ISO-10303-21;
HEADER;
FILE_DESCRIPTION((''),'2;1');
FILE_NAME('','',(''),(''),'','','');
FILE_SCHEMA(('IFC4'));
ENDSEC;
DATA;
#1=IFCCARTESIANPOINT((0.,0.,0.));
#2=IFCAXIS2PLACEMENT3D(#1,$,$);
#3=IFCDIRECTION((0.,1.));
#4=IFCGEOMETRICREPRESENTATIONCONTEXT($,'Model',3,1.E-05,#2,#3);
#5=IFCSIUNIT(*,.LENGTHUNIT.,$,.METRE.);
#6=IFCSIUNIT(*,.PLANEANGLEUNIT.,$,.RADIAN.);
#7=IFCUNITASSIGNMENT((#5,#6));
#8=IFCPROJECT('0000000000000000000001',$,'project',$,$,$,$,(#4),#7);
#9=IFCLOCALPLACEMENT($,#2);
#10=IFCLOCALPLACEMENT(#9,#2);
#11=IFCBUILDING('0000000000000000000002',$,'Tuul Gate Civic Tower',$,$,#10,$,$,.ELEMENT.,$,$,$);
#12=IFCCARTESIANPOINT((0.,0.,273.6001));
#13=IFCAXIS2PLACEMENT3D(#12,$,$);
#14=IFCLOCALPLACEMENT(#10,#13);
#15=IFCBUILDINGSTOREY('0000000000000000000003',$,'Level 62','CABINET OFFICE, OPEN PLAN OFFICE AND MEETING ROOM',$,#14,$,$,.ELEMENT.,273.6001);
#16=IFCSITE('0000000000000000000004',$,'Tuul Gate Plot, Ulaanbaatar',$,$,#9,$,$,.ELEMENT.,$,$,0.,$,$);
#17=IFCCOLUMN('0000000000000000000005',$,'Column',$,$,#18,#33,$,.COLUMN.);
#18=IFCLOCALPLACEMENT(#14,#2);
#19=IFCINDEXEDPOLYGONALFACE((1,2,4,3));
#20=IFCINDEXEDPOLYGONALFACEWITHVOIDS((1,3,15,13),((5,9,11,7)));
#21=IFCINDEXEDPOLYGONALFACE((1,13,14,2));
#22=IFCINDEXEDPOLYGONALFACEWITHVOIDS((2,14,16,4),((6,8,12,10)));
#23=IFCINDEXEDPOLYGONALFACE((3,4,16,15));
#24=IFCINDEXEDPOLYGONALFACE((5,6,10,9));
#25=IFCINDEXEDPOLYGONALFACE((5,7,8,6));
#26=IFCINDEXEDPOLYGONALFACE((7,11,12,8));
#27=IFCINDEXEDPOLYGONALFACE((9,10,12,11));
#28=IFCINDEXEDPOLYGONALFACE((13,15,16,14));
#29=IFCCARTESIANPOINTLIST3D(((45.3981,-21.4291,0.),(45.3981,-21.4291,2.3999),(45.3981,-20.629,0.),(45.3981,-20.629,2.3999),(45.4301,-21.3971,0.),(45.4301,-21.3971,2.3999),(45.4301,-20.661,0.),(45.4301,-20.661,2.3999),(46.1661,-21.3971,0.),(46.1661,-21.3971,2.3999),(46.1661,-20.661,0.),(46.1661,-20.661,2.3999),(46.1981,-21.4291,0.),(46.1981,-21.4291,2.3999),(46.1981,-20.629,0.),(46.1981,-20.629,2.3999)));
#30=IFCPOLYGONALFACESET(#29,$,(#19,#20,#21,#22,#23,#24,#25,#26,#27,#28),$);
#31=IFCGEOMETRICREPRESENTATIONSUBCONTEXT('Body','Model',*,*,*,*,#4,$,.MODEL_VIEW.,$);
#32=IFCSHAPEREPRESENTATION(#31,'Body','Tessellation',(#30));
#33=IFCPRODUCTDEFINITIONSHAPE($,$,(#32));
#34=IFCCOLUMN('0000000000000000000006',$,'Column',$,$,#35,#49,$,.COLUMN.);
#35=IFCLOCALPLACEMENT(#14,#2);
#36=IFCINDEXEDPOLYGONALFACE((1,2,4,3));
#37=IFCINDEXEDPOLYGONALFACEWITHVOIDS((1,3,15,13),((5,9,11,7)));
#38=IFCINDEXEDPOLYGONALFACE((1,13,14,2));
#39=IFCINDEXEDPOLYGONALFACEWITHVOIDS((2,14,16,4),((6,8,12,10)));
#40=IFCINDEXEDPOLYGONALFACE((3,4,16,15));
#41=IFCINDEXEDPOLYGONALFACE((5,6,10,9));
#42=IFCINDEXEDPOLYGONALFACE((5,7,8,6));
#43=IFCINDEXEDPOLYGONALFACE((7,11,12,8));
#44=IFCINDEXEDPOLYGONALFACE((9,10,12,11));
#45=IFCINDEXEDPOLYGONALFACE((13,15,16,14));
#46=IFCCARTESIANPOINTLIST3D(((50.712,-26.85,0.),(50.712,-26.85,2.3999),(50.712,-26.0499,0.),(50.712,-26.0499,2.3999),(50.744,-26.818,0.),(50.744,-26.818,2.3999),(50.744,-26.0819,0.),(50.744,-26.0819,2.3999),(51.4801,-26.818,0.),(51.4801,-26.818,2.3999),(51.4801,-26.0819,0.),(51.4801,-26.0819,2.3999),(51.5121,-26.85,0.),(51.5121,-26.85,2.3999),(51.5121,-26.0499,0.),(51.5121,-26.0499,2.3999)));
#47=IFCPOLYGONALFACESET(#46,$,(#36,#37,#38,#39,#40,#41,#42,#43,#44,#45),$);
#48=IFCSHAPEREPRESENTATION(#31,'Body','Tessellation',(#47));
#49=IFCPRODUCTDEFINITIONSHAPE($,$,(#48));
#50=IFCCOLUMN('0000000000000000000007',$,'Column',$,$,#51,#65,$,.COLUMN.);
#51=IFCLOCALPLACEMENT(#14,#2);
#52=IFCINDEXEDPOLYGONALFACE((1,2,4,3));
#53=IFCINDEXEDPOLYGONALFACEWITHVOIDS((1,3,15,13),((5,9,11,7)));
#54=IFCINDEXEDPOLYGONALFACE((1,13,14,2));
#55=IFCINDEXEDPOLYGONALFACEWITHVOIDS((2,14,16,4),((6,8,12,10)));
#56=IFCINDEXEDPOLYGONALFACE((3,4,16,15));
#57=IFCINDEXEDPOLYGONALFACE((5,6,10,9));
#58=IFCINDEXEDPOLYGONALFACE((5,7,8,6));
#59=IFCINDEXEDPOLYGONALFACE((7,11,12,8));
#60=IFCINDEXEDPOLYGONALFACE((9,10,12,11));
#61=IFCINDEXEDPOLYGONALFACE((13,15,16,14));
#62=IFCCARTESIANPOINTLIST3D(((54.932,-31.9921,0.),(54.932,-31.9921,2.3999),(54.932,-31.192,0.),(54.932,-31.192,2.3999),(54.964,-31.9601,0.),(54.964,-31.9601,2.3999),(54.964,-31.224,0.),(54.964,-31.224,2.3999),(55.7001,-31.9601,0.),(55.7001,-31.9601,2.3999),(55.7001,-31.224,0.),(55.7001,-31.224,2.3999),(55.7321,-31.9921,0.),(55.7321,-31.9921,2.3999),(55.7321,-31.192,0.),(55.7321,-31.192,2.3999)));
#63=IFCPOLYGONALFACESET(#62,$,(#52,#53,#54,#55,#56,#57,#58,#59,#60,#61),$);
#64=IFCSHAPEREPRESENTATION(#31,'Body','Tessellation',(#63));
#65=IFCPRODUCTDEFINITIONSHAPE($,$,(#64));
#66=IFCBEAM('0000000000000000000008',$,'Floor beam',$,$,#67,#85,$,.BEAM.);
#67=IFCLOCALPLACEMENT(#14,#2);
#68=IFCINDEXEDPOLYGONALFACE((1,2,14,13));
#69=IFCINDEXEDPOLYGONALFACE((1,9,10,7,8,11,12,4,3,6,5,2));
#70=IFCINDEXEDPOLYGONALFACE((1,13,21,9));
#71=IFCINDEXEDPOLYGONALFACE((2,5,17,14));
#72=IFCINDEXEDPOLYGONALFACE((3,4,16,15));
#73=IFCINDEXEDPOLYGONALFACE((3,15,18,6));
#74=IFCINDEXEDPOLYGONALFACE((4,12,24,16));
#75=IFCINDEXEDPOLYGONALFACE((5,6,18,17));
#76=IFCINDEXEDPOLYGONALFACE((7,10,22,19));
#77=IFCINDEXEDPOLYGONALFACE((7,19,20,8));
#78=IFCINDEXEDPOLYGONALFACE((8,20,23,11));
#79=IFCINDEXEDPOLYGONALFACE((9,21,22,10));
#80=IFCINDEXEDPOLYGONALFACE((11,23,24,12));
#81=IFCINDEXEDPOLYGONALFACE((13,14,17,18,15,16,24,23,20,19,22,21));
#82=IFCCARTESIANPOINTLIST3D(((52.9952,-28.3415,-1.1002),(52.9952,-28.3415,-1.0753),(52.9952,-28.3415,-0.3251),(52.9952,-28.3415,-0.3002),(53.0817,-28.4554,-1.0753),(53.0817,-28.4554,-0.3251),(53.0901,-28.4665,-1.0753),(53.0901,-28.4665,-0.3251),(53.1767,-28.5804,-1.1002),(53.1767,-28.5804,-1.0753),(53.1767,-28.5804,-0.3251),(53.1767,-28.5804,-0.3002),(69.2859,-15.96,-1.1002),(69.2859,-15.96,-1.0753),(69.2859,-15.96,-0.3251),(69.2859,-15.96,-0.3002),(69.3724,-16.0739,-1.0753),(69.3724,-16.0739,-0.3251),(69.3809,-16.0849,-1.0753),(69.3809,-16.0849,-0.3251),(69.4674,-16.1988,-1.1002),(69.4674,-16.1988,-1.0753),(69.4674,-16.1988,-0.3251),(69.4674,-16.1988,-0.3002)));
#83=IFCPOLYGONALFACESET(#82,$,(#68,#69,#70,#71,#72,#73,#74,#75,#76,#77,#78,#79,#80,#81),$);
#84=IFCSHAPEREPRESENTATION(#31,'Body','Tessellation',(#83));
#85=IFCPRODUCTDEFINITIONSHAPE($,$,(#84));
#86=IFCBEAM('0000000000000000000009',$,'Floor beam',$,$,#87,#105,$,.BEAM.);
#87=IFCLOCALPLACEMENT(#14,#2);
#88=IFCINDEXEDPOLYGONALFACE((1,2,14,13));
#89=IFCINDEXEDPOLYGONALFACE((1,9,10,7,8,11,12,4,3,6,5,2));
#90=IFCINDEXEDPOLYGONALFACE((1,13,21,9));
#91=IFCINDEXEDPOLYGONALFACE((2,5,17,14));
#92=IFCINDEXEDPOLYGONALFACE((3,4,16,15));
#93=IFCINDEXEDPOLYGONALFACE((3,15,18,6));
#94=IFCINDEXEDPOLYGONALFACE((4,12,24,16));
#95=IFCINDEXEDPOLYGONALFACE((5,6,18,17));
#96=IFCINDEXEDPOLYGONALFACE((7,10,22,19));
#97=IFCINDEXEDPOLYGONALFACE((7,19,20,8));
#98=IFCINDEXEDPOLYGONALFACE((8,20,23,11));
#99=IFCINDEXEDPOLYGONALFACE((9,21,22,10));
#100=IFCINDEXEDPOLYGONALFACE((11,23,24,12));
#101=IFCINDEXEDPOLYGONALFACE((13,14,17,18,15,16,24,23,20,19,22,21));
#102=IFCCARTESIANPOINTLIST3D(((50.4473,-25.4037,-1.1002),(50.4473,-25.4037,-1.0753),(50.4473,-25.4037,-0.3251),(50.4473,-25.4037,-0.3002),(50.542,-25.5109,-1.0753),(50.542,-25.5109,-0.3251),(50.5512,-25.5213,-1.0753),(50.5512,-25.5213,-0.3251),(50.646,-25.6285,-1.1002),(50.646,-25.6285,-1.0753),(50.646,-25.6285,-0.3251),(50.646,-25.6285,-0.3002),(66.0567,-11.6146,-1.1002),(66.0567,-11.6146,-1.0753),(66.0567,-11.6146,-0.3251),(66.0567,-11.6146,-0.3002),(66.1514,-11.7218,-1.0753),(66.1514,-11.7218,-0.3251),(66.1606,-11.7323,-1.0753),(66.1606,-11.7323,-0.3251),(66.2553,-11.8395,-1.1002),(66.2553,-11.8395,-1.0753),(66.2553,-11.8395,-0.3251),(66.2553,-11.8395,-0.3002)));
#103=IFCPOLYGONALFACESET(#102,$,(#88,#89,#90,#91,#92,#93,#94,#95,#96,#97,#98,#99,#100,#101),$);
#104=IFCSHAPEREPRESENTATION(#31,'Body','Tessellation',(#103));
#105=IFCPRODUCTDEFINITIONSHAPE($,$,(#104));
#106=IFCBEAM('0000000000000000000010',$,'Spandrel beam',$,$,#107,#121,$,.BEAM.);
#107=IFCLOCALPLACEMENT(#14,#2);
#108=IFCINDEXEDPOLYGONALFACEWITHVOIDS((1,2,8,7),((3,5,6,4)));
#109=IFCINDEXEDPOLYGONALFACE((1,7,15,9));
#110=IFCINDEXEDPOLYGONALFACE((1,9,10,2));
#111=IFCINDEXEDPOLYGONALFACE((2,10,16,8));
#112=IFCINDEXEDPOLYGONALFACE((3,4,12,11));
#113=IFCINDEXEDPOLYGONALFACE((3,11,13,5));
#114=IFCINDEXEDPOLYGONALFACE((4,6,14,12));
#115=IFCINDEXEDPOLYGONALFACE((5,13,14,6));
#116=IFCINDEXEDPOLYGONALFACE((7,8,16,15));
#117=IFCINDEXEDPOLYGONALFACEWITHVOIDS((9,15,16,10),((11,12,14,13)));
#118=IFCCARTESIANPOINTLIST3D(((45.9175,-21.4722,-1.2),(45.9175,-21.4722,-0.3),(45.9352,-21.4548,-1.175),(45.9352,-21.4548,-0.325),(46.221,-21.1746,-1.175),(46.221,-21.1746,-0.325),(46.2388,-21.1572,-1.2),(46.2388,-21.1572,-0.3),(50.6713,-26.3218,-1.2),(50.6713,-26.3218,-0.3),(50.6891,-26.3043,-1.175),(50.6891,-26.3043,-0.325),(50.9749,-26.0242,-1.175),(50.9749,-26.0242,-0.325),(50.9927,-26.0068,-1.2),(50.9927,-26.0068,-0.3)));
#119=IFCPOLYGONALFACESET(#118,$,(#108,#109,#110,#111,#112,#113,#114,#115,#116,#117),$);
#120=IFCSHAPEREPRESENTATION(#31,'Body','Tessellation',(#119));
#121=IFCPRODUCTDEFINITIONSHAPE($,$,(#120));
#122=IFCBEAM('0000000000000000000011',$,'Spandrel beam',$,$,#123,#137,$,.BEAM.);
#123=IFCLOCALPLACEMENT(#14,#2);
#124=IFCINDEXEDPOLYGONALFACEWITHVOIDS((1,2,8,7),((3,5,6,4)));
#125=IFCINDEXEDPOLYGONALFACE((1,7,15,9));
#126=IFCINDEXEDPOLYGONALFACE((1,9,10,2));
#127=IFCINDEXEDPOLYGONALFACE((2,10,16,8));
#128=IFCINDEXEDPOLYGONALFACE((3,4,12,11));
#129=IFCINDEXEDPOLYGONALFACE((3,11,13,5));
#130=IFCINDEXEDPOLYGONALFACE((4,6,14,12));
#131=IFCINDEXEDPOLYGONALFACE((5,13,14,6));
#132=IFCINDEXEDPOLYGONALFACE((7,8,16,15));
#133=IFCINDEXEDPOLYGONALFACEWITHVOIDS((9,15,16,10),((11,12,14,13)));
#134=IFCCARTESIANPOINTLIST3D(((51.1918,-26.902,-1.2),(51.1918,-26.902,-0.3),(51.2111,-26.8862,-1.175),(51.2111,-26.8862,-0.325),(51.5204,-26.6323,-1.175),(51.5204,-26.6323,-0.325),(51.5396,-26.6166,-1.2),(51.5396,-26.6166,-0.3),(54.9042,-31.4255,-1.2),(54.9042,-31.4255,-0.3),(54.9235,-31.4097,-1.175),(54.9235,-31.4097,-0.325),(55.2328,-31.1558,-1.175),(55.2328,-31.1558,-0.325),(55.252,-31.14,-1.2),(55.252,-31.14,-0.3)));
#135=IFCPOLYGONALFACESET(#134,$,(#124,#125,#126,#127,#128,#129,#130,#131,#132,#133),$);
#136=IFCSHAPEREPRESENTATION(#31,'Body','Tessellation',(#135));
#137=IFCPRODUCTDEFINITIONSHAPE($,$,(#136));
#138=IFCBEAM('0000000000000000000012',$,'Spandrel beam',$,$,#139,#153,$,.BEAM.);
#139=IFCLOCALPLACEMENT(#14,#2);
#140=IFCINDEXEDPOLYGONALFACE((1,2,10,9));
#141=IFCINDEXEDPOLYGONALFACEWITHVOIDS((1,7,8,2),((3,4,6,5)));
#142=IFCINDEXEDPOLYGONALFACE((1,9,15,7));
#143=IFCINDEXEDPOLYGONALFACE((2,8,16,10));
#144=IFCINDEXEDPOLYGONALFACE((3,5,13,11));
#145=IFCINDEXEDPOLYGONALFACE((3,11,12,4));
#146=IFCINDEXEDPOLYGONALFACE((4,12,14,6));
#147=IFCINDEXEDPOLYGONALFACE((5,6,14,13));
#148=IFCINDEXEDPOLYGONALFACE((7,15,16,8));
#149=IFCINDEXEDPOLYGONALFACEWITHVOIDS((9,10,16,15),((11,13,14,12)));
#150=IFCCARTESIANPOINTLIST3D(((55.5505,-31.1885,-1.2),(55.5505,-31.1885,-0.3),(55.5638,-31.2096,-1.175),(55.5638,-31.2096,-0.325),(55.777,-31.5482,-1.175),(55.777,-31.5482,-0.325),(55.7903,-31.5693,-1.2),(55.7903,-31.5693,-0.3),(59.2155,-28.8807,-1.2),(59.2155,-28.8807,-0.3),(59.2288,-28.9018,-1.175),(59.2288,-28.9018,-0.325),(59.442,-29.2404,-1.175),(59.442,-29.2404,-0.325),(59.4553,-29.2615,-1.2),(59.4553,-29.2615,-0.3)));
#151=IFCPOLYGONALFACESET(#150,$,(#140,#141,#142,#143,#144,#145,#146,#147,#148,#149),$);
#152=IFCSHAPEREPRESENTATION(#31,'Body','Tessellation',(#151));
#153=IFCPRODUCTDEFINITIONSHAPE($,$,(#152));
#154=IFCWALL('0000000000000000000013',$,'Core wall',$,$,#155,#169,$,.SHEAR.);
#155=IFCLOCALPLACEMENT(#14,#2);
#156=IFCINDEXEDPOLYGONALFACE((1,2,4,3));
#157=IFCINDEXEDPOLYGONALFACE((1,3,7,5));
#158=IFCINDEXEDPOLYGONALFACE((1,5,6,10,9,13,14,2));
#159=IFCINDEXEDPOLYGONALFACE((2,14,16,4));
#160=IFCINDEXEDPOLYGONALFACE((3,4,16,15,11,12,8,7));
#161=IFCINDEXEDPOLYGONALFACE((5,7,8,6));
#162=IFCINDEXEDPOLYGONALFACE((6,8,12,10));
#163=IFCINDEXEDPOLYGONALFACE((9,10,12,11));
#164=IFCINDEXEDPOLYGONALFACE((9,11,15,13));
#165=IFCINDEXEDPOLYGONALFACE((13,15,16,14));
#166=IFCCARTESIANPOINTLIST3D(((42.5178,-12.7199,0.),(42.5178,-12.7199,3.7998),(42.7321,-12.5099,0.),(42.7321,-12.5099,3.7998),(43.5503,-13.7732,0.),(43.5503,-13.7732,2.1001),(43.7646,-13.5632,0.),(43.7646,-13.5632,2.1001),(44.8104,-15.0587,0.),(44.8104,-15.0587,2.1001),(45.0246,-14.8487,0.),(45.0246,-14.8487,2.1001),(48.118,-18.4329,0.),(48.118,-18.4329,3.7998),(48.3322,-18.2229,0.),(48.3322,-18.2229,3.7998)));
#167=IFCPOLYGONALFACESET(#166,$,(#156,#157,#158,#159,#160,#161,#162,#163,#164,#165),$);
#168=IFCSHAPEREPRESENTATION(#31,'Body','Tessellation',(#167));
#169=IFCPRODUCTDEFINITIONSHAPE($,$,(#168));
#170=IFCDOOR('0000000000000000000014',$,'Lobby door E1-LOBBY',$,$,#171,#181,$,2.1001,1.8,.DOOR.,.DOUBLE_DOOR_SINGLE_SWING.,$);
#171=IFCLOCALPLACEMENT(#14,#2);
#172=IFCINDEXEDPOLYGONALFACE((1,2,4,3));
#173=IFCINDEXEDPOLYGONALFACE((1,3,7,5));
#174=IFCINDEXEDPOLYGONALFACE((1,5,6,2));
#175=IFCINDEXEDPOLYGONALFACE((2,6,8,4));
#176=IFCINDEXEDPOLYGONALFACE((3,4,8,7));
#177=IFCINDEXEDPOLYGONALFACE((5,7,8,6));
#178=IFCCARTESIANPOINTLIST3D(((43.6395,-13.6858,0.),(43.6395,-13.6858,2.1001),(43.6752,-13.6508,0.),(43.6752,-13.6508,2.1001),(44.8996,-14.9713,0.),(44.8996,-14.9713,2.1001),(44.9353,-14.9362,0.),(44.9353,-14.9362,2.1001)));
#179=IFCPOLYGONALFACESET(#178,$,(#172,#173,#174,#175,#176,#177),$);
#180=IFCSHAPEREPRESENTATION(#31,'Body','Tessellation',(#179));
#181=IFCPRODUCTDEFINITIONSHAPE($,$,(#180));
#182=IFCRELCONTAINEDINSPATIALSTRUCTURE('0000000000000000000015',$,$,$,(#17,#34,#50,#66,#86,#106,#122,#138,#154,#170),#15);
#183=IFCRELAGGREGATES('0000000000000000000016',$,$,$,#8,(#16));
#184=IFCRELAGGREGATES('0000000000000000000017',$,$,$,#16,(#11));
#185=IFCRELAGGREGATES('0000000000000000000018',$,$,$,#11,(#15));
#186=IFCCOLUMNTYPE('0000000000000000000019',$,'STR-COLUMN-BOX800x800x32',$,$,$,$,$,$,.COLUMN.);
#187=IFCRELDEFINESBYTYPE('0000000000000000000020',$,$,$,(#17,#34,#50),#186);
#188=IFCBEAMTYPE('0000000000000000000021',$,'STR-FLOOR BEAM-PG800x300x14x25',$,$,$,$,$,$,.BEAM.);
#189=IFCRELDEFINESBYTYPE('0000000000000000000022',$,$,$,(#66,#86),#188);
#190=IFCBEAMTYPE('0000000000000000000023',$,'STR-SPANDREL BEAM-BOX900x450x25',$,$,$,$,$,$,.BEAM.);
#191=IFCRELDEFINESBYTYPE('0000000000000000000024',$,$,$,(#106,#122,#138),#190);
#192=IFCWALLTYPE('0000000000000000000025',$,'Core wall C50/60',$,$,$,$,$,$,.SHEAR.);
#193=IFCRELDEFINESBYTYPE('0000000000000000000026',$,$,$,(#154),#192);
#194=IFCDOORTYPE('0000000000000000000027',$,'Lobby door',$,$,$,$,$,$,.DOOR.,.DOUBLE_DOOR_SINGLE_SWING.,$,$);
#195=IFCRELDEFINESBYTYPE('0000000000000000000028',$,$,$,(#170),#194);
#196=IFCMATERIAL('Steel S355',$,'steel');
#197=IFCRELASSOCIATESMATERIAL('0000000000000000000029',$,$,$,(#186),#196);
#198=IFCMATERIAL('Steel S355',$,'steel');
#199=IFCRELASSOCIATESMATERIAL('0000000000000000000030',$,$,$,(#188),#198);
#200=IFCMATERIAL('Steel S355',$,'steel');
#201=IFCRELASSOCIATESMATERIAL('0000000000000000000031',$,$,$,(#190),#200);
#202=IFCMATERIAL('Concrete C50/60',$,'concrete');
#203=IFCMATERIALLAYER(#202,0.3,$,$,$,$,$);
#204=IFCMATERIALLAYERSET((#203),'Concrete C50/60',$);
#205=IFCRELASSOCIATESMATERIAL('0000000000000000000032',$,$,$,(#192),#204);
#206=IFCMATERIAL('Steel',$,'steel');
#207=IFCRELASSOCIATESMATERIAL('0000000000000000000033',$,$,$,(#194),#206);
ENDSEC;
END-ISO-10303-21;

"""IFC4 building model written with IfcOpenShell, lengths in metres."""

from ifc_helpers import new_model, si_unit, direction, frame, frame_2d, origin, origin_2d, place, context, subcontext, project, spatial, rectangle, hollow_rectangle, i_section, extrude, material, layer, layer_set, material_profile, profile_set, type_object, element, fill, save


model = new_model("IFC4")

# Units and contexts
model_context = context("Model", 3, precision=1e-05, world=origin(), true_north=direction((0.0, 1.0)))
body_context = subcontext(model_context, "Body", "Model", "MODEL_VIEW")
ifc_project = project(units=[si_unit("LENGTHUNIT", "METRE"), si_unit("PLANEANGLEUNIT", "RADIAN")], contexts=[model_context])

# Site, building, storey
site_placement = place(None, origin())
site = spatial("IfcSite", under=ifc_project, at=site_placement, Name="Tuul Gate Plot, Ulaanbaatar", CompositionType="ELEMENT", RefElevation=0.0)
building_placement = place(site_placement, origin())
building = spatial("IfcBuilding", under=site, at=building_placement, Name="Tuul Gate Civic Tower", CompositionType="ELEMENT")
storey_placement = place(building_placement, frame((0.0, 0.0, 273.6001)))
storey = spatial("IfcBuildingStorey", under=building, at=storey_placement, Name="Level 62", Description="CABINET OFFICE, OPEN PLAN OFFICE AND MEETING ROOM", CompositionType="ELEMENT", Elevation=273.6001)

# Columns
ifc_material_1 = material(Name="Steel S355", Category="steel")
ifc_material_profile_1 = material_profile(ifc_material_1, hollow_rectangle(XDim=0.8, YDim=0.8, WallThickness=0.032, at=origin_2d()), Name="BOX800x800x32")
ifc_profile_set_1 = profile_set([ifc_material_profile_1], Name="Steel S355")
column_type = type_object("IfcColumnType", Name="STR-COLUMN-BOX800x800x32", PredefinedType="COLUMN", material=ifc_profile_set_1)
for number, where, z_axis, x_axis, name in (
    (1, (45.7981, -21.0291, 0.0), (0.0, 0.0, 1.0), (1.0, 0.0, 0.0), "Column"),
    (2, (51.1121, -26.45, 0.0), (0.0, 0.0, 1.0), (1.0, 0.0, 0.0), "Column"),
    (3, (55.332, -31.592, 0.0), (0.0, 0.0, 1.0), (1.0, 0.0, 0.0), "Column"),
):
    element("IfcColumn", number, at=place(storey_placement, frame(where, z_axis=z_axis, x_axis=x_axis)), inside=storey, type_object=column_type, Name=name, PredefinedType="COLUMN", context=body_context, shape_type="SweptSolid", body=[
        extrude(hollow_rectangle(XDim=0.8, YDim=0.8, WallThickness=0.032, at=origin_2d()), origin(), (0.0, 0.0, 1.0), 2.3999),
    ])

# Beams
ifc_material_2 = material(Name="Steel S355", Category="steel")
ifc_material_profile_2 = material_profile(ifc_material_2, i_section(OverallWidth=0.3, OverallDepth=0.8, WebThickness=0.0139, FlangeThickness=0.0249, at=origin_2d()), Name="PG800x300x14x25")
ifc_profile_set_2 = profile_set([ifc_material_profile_2], Name="Steel S355")
beam_type_1 = type_object("IfcBeamType", Name="STR-FLOOR BEAM-PG800x300x14x25", PredefinedType="BEAM", material=ifc_profile_set_2)
beam_1_placement = place(storey_placement, frame((53.0859, -28.4609, -0.7002), z_axis=(0.796148, 0.605102, 0.0), x_axis=(-0.605102, 0.796148, 0.0)))
element("IfcBeam", 4, at=beam_1_placement, inside=storey, type_object=beam_type_1, Name="Floor beam", PredefinedType="BEAM", context=body_context, shape_type="SweptSolid", body=[
    extrude(i_section(OverallWidth=0.3, OverallDepth=0.8, WebThickness=0.0139, FlangeThickness=0.0249, at=origin_2d()), origin(), (0.0, 0.0, 1.0), 20.4619),
])
beam_2_placement = place(storey_placement, frame((50.5466, -25.5161, -0.7002), z_axis=(0.749455, 0.662056, 0.0), x_axis=(-0.662056, 0.749455, 0.0)))
element("IfcBeam", 5, at=beam_2_placement, inside=storey, type_object=beam_type_1, Name="Floor beam", PredefinedType="BEAM", context=body_context, shape_type="SweptSolid", body=[
    extrude(i_section(OverallWidth=0.3, OverallDepth=0.8, WebThickness=0.0139, FlangeThickness=0.0249, at=origin_2d()), origin(), (0.0, 0.0, 1.0), 20.8276),
])
ifc_material_3 = material(Name="Steel S355", Category="steel")
ifc_material_profile_3 = material_profile(ifc_material_3, hollow_rectangle(XDim=0.45, YDim=0.8999, WallThickness=0.0249, at=origin_2d()), Name="BOX900x450x25")
ifc_profile_set_3 = profile_set([ifc_material_profile_3], Name="Steel S355")
beam_type_2 = type_object("IfcBeamType", Name="STR-SPANDREL BEAM-BOX900x450x25", PredefinedType="BEAM", material=ifc_profile_set_3)
beam_3_placement = place(storey_placement, frame((46.0781, -21.3147, -0.75), z_axis=(0.700025, -0.714118, 0.0), x_axis=(0.714118, 0.700025, 0.0)))
element("IfcBeam", 6, at=beam_3_placement, inside=storey, type_object=beam_type_2, Name="Spandrel beam", PredefinedType="BEAM", context=body_context, shape_type="SweptSolid", body=[
    extrude(hollow_rectangle(XDim=0.45, YDim=0.8999, WallThickness=0.0249, at=origin_2d()), origin(), (0.0, 0.0, 1.0), 6.791),
])
beam_4_placement = place(storey_placement, frame((51.3657, -26.7593, -0.75), z_axis=(0.634405, -0.773001, 0.0), x_axis=(0.773001, 0.634405, 0.0)))
element("IfcBeam", 7, at=beam_4_placement, inside=storey, type_object=beam_type_2, Name="Spandrel beam", PredefinedType="BEAM", context=body_context, shape_type="SweptSolid", body=[
    extrude(hollow_rectangle(XDim=0.45, YDim=0.8999, WallThickness=0.0249, at=origin_2d()), origin(), (0.0, 0.0, 1.0), 5.8518),
])
beam_5_placement = place(storey_placement, frame((55.6704, -31.3789, -0.75), z_axis=(0.846207, 0.532854, 0.0), x_axis=(-0.532854, 0.846207, 0.0)))
element("IfcBeam", 8, at=beam_5_placement, inside=storey, type_object=beam_type_2, Name="Spandrel beam", PredefinedType="BEAM", context=body_context, shape_type="SweptSolid", body=[
    extrude(hollow_rectangle(XDim=0.45, YDim=0.8999, WallThickness=0.0249, at=origin_2d()), origin(), (0.0, 0.0, 1.0), 4.3311),
])

# Wall, opening, door
ifc_material_4 = material(Name="Concrete C50/60", Category="concrete")
ifc_layer_1 = layer(ifc_material_4, 0.3)
ifc_layer_set_1 = layer_set([ifc_layer_1], Name="Concrete C50/60")
wall_type_1 = type_object("IfcWallType", Name="Core wall C50/60", PredefinedType="SHEAR", material=ifc_layer_set_1)
wall_1_placement = place(storey_placement, frame((48.2251, -18.3279, 0.0), z_axis=(0.0, 0.0, 1.0), x_axis=(-0.700022, 0.714121, 0.0)))
wall_1 = element("IfcWall", 9, at=wall_1_placement, inside=storey, type_object=wall_type_1, Name="Core wall", PredefinedType="SHEAR", context=body_context, shape_type="SweptSolid", body=[
    extrude(rectangle(XDim=8.0, YDim=0.3, at=frame_2d((4.0, 0.0))), origin(), (0.0, 0.0, 1.0), 3.7998),
])
opening_1_placement = place(wall_1_placement, frame((4.7251, 0.0, 0.0)))
opening_1 = element("IfcOpeningElement", 10, at=opening_1_placement, cuts=wall_1, PredefinedType="OPENING", context=body_context, shape_type="SweptSolid", body=[
    extrude(rectangle(XDim=1.8, YDim=2.1001, at=frame_2d((0.8999, 1.05))), frame((0.0, 0.1602, 0.0), z_axis=(0.0, -1.0, 0.0), x_axis=(1.0, 0.0, 0.0)), (0.0, 0.0, 1.0), 0.3201),
])
ifc_material_5 = material(Name="Steel", Category="steel")
door_type = type_object("IfcDoorType", Name="Lobby door", OperationType="DOUBLE_DOOR_SINGLE_SWING", PredefinedType="DOOR", material=ifc_material_5)
door_placement = place(opening_1_placement, frame((1.8, 0.0, 0.0), z_axis=(0.0, 0.0, 1.0), x_axis=(-1.0, 0.0, 0.0)))
door = element("IfcDoor", 11, at=door_placement, inside=storey, type_object=door_type, Name="Lobby door E1-LOBBY", OperationType="DOUBLE_DOOR_SINGLE_SWING", OverallHeight=2.1001, OverallWidth=1.8, PredefinedType="DOOR", context=body_context, shape_type="SweptSolid", body=[
    extrude(rectangle(XDim=1.8, YDim=2.1001, at=frame_2d((0.9001, 1.05))), frame((0.0, 0.0249, 0.0), z_axis=(0.0, -1.0, 0.0), x_axis=(1.0, 0.0, 0.0)), (0.0, 0.0, 1.0), 0.05),
])
fill(opening_1, door)

save(model, "model.ifc")
